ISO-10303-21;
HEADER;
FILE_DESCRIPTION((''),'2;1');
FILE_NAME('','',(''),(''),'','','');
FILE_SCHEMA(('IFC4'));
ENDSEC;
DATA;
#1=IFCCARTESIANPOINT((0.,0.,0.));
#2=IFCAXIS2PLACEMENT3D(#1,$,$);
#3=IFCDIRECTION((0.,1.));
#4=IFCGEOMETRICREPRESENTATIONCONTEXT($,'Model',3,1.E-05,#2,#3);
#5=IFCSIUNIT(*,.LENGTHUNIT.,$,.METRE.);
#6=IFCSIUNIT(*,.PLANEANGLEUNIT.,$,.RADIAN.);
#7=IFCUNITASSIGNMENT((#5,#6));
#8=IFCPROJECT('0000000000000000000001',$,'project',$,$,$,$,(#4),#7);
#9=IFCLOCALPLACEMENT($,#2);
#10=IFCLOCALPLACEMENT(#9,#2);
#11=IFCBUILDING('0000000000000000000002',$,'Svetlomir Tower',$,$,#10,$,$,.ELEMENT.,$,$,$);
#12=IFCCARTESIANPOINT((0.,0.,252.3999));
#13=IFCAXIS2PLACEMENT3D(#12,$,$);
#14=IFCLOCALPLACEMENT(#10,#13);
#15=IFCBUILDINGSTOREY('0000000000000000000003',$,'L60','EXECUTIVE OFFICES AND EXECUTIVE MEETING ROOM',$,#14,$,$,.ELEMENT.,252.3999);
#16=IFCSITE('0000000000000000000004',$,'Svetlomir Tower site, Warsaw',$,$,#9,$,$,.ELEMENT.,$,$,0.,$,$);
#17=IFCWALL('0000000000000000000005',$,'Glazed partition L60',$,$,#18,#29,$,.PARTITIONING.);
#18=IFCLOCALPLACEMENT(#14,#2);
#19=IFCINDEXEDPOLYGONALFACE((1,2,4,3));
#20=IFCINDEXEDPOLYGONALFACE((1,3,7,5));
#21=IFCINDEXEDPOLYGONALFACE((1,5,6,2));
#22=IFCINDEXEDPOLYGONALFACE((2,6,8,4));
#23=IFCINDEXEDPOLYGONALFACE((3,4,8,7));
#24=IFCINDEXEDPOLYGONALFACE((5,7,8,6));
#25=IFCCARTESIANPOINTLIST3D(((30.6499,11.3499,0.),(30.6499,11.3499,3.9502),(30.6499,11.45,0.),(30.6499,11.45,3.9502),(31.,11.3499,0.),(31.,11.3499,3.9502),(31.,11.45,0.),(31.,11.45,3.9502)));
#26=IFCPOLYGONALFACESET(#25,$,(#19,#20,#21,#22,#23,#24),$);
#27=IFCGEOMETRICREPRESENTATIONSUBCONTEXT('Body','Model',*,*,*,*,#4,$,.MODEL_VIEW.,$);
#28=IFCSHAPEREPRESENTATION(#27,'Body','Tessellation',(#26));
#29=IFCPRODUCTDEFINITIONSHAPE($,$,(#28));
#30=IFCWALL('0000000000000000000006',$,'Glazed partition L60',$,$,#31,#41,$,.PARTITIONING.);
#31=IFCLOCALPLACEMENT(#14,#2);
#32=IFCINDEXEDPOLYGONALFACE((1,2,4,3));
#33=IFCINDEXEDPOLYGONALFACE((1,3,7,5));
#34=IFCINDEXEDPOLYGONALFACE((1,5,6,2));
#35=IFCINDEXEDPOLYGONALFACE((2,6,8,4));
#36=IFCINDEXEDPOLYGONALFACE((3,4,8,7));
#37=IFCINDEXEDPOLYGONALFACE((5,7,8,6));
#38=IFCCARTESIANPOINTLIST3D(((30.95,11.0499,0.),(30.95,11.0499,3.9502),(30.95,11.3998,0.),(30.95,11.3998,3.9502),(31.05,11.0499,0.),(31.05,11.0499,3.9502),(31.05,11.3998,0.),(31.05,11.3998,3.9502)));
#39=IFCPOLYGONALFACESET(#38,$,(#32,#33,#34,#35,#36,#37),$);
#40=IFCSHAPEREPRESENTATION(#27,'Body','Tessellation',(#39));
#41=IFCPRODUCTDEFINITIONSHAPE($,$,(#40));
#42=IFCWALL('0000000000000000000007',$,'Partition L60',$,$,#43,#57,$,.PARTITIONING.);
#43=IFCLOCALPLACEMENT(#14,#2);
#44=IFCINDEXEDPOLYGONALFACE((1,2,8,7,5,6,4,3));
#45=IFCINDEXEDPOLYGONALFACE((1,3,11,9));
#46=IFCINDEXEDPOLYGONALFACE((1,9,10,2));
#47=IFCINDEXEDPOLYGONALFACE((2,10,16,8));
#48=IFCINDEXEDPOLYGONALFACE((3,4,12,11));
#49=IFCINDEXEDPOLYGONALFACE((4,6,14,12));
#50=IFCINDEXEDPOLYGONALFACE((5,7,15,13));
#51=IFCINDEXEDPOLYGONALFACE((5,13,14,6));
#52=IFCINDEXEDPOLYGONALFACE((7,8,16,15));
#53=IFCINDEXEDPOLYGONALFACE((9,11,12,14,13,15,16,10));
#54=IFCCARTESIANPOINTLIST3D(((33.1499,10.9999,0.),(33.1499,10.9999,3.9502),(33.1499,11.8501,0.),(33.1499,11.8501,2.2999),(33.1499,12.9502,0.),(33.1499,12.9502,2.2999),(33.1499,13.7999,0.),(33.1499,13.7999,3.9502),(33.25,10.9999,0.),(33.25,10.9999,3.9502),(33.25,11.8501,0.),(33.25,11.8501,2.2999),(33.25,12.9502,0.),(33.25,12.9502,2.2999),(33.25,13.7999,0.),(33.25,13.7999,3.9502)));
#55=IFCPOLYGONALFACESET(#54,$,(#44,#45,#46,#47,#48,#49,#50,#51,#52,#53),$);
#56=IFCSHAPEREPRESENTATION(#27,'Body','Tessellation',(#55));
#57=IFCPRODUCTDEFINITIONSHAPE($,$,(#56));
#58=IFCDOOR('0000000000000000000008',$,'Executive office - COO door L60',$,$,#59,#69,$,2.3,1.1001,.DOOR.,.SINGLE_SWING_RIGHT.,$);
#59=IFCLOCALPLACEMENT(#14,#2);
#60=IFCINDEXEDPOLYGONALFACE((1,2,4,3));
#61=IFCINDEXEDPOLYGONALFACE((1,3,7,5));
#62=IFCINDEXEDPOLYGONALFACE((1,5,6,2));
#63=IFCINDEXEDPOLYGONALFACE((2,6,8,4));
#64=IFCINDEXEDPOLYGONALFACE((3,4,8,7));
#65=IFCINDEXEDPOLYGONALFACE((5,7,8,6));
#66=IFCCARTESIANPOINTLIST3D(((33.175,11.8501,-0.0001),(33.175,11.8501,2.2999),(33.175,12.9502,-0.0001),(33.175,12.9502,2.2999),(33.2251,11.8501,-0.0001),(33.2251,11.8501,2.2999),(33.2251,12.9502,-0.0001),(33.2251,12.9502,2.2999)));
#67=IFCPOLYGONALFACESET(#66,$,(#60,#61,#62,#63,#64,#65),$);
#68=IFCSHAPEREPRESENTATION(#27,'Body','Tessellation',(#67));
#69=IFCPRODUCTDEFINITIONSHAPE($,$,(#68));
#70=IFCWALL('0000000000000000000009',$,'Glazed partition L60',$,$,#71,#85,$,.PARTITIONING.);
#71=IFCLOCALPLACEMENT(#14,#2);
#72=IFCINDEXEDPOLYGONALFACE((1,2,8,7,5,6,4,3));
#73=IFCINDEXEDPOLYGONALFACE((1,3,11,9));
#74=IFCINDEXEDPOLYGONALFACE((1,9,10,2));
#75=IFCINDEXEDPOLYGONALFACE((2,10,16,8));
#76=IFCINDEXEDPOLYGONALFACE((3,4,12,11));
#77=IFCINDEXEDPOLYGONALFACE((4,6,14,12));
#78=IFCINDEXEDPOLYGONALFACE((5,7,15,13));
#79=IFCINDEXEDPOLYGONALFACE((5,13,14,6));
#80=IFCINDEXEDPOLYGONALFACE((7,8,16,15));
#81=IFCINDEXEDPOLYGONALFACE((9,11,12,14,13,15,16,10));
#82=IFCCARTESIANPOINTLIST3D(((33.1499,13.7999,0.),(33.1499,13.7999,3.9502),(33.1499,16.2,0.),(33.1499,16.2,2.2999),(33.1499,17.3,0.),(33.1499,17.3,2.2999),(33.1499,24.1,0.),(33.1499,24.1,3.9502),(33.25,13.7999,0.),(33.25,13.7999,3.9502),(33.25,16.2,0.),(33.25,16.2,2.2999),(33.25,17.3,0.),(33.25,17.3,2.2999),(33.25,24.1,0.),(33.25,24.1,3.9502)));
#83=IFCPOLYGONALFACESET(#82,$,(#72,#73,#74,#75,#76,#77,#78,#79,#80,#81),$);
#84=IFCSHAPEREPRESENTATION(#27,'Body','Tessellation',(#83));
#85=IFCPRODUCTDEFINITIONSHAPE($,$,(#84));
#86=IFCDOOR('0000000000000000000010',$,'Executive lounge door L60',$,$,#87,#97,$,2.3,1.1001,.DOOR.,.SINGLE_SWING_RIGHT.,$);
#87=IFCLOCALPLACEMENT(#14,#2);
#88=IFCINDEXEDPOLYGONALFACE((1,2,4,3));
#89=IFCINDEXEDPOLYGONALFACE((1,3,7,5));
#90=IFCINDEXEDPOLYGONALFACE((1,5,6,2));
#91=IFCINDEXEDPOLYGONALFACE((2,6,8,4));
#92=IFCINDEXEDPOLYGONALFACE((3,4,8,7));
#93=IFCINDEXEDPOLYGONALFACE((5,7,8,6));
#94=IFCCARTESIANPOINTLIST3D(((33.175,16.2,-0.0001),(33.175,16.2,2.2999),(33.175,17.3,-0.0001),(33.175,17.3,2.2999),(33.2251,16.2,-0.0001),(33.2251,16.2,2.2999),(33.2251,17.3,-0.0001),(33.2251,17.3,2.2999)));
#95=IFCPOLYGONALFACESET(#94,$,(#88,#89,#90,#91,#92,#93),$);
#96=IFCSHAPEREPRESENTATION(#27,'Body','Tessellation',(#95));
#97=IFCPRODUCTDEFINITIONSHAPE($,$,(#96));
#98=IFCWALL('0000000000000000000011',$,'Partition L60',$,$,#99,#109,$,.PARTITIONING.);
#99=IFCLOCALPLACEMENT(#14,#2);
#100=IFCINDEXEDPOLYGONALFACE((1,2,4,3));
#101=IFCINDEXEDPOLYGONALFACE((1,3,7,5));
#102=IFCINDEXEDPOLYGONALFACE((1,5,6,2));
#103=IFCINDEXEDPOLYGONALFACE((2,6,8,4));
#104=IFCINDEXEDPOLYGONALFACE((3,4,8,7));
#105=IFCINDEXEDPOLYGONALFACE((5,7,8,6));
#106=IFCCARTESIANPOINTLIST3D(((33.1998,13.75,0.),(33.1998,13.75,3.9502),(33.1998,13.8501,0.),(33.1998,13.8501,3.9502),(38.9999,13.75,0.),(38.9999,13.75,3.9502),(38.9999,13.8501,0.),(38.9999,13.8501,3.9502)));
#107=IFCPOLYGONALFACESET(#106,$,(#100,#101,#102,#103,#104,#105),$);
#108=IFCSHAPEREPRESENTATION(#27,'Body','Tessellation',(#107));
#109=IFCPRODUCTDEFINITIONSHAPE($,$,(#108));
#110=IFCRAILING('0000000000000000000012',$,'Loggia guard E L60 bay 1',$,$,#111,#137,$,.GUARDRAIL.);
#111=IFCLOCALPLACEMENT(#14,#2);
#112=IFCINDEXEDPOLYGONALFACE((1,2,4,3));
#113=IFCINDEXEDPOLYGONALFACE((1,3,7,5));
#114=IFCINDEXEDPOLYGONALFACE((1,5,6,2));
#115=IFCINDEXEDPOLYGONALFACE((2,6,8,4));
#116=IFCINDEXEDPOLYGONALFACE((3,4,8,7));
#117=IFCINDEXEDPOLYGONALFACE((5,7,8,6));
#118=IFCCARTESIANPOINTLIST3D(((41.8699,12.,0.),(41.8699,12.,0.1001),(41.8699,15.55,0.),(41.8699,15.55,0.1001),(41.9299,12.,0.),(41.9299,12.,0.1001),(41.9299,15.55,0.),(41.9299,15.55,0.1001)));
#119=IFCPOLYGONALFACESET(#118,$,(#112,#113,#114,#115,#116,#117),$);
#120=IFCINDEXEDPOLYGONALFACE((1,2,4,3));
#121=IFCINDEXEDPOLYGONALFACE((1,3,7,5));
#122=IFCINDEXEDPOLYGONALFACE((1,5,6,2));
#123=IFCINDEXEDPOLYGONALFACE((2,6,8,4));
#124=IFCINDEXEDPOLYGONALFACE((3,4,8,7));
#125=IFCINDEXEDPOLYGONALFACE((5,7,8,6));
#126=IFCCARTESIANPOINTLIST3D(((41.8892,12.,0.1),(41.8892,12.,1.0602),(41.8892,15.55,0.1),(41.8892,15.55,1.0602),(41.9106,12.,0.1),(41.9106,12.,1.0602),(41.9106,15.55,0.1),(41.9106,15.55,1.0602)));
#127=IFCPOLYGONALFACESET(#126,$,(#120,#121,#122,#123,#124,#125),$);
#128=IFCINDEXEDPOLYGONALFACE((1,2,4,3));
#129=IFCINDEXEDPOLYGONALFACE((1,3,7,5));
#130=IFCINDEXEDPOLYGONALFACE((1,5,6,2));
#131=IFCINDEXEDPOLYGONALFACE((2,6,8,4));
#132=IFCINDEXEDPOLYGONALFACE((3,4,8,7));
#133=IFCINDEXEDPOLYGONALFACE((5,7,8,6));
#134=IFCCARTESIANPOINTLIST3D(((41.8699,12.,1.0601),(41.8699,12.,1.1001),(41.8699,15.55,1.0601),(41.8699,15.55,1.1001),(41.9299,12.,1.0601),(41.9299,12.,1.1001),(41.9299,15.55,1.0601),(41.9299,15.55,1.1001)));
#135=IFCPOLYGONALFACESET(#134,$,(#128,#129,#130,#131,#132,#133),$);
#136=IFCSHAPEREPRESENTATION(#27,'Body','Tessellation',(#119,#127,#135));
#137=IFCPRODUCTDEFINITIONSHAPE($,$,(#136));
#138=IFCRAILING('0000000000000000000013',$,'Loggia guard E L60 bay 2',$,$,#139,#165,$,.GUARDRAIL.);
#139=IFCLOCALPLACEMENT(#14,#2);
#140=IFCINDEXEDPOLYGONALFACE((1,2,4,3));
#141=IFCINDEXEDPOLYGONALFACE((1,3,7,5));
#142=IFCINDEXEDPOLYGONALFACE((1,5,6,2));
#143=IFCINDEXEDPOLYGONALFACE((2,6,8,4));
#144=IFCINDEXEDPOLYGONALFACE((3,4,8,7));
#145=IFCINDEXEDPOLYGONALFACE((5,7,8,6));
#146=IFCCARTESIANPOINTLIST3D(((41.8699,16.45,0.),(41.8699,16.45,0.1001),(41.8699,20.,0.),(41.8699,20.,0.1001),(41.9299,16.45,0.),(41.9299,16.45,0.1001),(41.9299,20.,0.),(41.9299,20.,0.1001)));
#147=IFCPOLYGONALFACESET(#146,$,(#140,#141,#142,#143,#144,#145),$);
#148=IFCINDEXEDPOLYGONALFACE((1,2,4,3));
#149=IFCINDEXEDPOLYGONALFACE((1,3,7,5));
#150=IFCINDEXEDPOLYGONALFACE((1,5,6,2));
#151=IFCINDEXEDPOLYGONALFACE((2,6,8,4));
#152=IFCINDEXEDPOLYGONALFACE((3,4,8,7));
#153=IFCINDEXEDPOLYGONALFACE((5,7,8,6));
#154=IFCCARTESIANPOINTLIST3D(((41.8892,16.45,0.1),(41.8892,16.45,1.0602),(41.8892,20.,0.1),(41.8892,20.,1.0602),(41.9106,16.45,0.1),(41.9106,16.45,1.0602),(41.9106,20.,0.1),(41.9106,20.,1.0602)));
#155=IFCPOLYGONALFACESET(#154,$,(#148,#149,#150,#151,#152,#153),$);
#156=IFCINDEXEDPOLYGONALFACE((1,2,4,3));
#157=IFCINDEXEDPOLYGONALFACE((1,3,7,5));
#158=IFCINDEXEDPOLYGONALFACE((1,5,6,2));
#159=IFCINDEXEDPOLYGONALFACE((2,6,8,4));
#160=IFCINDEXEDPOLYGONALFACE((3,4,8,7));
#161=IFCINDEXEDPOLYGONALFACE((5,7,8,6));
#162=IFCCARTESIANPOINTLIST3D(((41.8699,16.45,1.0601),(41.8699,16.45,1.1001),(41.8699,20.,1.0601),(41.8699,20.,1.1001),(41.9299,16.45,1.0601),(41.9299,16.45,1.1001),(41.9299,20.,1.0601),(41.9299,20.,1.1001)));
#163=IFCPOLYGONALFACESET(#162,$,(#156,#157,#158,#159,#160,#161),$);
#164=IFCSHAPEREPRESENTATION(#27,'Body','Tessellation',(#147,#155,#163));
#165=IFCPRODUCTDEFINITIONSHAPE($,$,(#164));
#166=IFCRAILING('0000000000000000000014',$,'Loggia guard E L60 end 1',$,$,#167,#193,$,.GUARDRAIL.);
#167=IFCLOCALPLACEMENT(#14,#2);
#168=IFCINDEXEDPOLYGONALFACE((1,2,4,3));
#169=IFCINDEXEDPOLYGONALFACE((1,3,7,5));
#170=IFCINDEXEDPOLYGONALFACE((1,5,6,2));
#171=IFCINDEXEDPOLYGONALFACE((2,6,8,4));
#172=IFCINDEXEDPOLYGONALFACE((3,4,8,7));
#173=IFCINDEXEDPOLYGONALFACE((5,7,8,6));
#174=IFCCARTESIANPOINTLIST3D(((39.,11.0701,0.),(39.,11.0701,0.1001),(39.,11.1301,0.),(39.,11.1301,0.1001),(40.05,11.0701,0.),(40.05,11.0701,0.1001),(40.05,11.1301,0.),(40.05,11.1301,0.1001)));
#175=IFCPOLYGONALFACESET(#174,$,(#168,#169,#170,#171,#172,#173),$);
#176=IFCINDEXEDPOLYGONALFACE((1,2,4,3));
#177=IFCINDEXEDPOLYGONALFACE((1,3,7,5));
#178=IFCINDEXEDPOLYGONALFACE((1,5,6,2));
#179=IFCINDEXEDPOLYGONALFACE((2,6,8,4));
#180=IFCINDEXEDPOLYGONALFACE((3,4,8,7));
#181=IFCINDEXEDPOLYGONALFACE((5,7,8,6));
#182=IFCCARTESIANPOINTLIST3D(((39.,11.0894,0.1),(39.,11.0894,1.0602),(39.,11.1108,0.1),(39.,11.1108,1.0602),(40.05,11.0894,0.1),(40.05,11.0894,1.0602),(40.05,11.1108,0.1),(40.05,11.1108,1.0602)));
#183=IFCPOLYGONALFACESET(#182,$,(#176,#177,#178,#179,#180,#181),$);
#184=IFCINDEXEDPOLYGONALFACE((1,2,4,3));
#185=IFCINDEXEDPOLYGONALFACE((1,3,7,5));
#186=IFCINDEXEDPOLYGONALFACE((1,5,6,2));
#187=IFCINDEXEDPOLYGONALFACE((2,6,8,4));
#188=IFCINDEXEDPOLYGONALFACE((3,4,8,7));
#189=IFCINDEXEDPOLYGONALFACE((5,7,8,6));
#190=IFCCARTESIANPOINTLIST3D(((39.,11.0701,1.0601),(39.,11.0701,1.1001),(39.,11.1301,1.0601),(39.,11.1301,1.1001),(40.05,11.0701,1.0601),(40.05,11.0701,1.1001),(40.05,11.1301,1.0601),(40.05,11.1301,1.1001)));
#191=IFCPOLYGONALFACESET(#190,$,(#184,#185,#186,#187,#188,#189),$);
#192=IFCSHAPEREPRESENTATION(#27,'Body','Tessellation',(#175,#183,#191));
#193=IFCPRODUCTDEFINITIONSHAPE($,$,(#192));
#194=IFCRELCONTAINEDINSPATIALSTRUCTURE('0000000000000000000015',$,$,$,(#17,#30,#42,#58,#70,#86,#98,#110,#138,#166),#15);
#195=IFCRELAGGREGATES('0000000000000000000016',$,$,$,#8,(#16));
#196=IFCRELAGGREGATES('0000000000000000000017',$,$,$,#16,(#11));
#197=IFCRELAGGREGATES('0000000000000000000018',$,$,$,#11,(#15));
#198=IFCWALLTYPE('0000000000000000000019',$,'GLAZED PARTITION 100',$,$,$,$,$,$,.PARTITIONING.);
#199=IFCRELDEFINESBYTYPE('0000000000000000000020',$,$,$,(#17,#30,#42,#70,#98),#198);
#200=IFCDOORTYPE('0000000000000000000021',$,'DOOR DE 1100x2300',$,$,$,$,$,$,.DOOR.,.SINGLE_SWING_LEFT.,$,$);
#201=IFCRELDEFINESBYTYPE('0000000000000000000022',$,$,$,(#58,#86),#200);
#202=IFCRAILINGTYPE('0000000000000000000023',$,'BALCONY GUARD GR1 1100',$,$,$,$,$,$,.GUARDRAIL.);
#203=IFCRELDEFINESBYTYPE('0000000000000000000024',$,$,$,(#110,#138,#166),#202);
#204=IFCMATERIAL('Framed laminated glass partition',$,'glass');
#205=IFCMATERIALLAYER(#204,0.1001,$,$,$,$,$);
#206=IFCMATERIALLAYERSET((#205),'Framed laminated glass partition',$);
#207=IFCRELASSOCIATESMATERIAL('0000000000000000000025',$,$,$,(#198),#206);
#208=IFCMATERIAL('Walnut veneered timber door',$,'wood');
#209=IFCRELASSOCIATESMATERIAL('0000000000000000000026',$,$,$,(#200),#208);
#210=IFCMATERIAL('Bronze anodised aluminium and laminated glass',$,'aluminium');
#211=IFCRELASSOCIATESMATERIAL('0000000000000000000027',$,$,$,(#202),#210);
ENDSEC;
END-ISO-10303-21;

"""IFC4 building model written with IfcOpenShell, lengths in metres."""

from ifc_helpers import new_model, si_unit, direction, frame, frame_2d, origin, origin_2d, place, context, subcontext, project, spatial, rectangle, extrude, material, layer, layer_set, type_object, element, fill, save


model = new_model("IFC4")

# Units and contexts
model_context = context("Model", 3, precision=1e-05, world=origin(), true_north=direction((0.0, 1.0)))
body_context = subcontext(model_context, "Body", "Model", "MODEL_VIEW")
ifc_project = project(units=[si_unit("LENGTHUNIT", "METRE"), si_unit("PLANEANGLEUNIT", "RADIAN")], contexts=[model_context])

# Site, building, storey
site_placement = place(None, origin())
site = spatial("IfcSite", under=ifc_project, at=site_placement, Name="Svetlomir Tower site, Warsaw", CompositionType="ELEMENT", RefElevation=0.0)
building_placement = place(site_placement, origin())
building = spatial("IfcBuilding", under=site, at=building_placement, Name="Svetlomir Tower", CompositionType="ELEMENT")
storey_placement = place(building_placement, frame((0.0, 0.0, 252.3999)))
storey = spatial("IfcBuildingStorey", under=building, at=storey_placement, Name="L60", Description="EXECUTIVE OFFICES AND EXECUTIVE MEETING ROOM", CompositionType="ELEMENT", Elevation=252.3999)

# Walls
ifc_material_1 = material(Name="Framed laminated glass partition", Category="glass")
ifc_layer_1 = layer(ifc_material_1, 0.1001)
ifc_layer_set_1 = layer_set([ifc_layer_1], Name="Framed laminated glass partition")
wall_type_1 = type_object("IfcWallType", Name="GLAZED PARTITION 100", PredefinedType="PARTITIONING", material=ifc_layer_set_1)
wall_1_placement = place(storey_placement, frame((30.6499, 11.3999, 0.0), z_axis=(0.0, 0.0, 1.0), x_axis=(1.0, 0.0, 0.0)))
element("IfcWall", 1, at=wall_1_placement, inside=storey, type_object=wall_type_1, Name="Glazed partition L60", PredefinedType="PARTITIONING", context=body_context, shape_type="SweptSolid", body=[
    extrude(rectangle(XDim=0.3501, YDim=0.1001, at=frame_2d((0.175, 0.0))), origin(), (0.0, 0.0, 1.0), 3.9502),
])
wall_2_placement = place(storey_placement, frame((31.0, 11.05, 0.0), z_axis=(0.0, 0.0, 1.0), x_axis=(0.0, 1.0, 0.0)))
element("IfcWall", 2, at=wall_2_placement, inside=storey, type_object=wall_type_1, Name="Glazed partition L60", PredefinedType="PARTITIONING", context=body_context, shape_type="SweptSolid", body=[
    extrude(rectangle(XDim=0.3499, YDim=0.1001, at=frame_2d((0.1748, 0.0))), origin(), (0.0, 0.0, 1.0), 3.9502),
])

# Walls, openings, doors
wall_3_placement = place(storey_placement, frame((33.2, 11.0, 0.0), z_axis=(0.0, 0.0, 1.0), x_axis=(0.0, 1.0, 0.0)))
wall_3 = element("IfcWall", 3, at=wall_3_placement, inside=storey, type_object=wall_type_1, Name="Partition L60", PredefinedType="PARTITIONING", context=body_context, shape_type="SweptSolid", body=[
    extrude(rectangle(XDim=2.8, YDim=0.1001, at=frame_2d((1.3999, 0.0))), origin(), (0.0, 0.0, 1.0), 3.9502),
])
opening_1_placement = place(wall_3_placement, frame((0.8501, 0.0, 0.0)))
opening_1 = element("IfcOpeningElement", 4, at=opening_1_placement, cuts=wall_3, PredefinedType="OPENING", context=body_context, shape_type="SweptSolid", body=[
    extrude(rectangle(XDim=1.1001, YDim=2.3, at=frame_2d((0.55, 1.1499))), frame((0.0, 0.0601, 0.0), z_axis=(0.0, -1.0, 0.0), x_axis=(1.0, 0.0, 0.0)), (0.0, 0.0, 1.0), 0.1201),
])
ifc_material_2 = material(Name="Walnut veneered timber door", Category="wood")
door_type_1 = type_object("IfcDoorType", Name="DOOR DE 1100x2300", OperationType="SINGLE_SWING_LEFT", PredefinedType="DOOR", material=ifc_material_2)
door_1_placement = place(opening_1_placement, origin())
door_1 = element("IfcDoor", 5, at=door_1_placement, inside=storey, type_object=door_type_1, Name="Executive office - COO door L60", OperationType="SINGLE_SWING_RIGHT", OverallHeight=2.3, OverallWidth=1.1001, PredefinedType="DOOR", context=body_context, shape_type="SweptSolid", body=[
    extrude(rectangle(XDim=1.1001, YDim=2.3, at=frame_2d((0.55, 1.1499))), frame((0.0, 0.0249, 0.0), z_axis=(0.0, -1.0, 0.0), x_axis=(1.0, 0.0, 0.0)), (0.0, 0.0, 1.0), 0.05),
])
fill(opening_1, door_1)
wall_4_placement = place(storey_placement, frame((33.2, 13.8, 0.0), z_axis=(0.0, 0.0, 1.0), x_axis=(0.0, 1.0, 0.0)))
wall_4 = element("IfcWall", 6, at=wall_4_placement, inside=storey, type_object=wall_type_1, Name="Glazed partition L60", PredefinedType="PARTITIONING", context=body_context, shape_type="SweptSolid", body=[
    extrude(rectangle(XDim=10.3, YDim=0.1001, at=frame_2d((5.1499, 0.0))), origin(), (0.0, 0.0, 1.0), 3.9502),
])
opening_2_placement = place(wall_4_placement, frame((2.3999, 0.0, 0.0)))
opening_2 = element("IfcOpeningElement", 7, at=opening_2_placement, cuts=wall_4, PredefinedType="OPENING", context=body_context, shape_type="SweptSolid", body=[
    extrude(rectangle(XDim=1.1001, YDim=2.3, at=frame_2d((0.55, 1.1499))), frame((0.0, 0.0601, 0.0), z_axis=(0.0, -1.0, 0.0), x_axis=(1.0, 0.0, 0.0)), (0.0, 0.0, 1.0), 0.1201),
])
door_2_placement = place(opening_2_placement, origin())
door_2 = element("IfcDoor", 8, at=door_2_placement, inside=storey, type_object=door_type_1, Name="Executive lounge door L60", OperationType="SINGLE_SWING_RIGHT", OverallHeight=2.3, OverallWidth=1.1001, PredefinedType="DOOR", context=body_context, shape_type="SweptSolid", body=[
    extrude(rectangle(XDim=1.1001, YDim=2.3, at=frame_2d((0.55, 1.1499))), frame((0.0, 0.0249, 0.0), z_axis=(0.0, -1.0, 0.0), x_axis=(1.0, 0.0, 0.0)), (0.0, 0.0, 1.0), 0.05),
])
fill(opening_2, door_2)

# Wall
wall_5_placement = place(storey_placement, frame((33.2, 13.8, 0.0), z_axis=(0.0, 0.0, 1.0), x_axis=(1.0, 0.0, 0.0)))
element("IfcWall", 9, at=wall_5_placement, inside=storey, type_object=wall_type_1, Name="Partition L60", PredefinedType="PARTITIONING", context=body_context, shape_type="SweptSolid", body=[
    extrude(rectangle(XDim=5.8, YDim=0.1001, at=frame_2d((2.8999, 0.0))), origin(), (0.0, 0.0, 1.0), 3.9502),
])

# Railings
ifc_material_3 = material(Name="Bronze anodised aluminium and laminated glass", Category="aluminium")
railing_type = type_object("IfcRailingType", Name="BALCONY GUARD GR1 1100", PredefinedType="GUARDRAIL", material=ifc_material_3)
for number, where, name in (
    (10, (41.8999, 12.0, 0.0), "Loggia guard E L60 bay 1"),
    (11, (41.8999, 16.45, 0.0), "Loggia guard E L60 bay 2"),
):
    element("IfcRailing", number, at=place(storey_placement, frame(where)), inside=storey, type_object=railing_type, Name=name, PredefinedType="GUARDRAIL", context=body_context, shape_type="SweptSolid", body=[
        extrude(rectangle(XDim=0.0601, YDim=0.1001, at=origin_2d()), frame((0.0, 0.0, 0.05), z_axis=(0.0, 1.0, 0.0), x_axis=(-1.0, 0.0, 0.0)), (0.0, 0.0, 1.0), 3.55),
        extrude(rectangle(XDim=0.0215, YDim=0.9602, at=origin_2d()), frame((0.0, 0.0, 0.5801), z_axis=(0.0, 1.0, 0.0), x_axis=(-1.0, 0.0, 0.0)), (0.0, 0.0, 1.0), 3.55),
        extrude(rectangle(XDim=0.0601, YDim=0.04, at=origin_2d()), frame((0.0, 0.0, 1.0801), z_axis=(0.0, 1.0, 0.0), x_axis=(-1.0, 0.0, 0.0)), (0.0, 0.0, 1.0), 3.55),
    ])
railing_placement = place(storey_placement, frame((40.05, 11.1001, 0.0)))
element("IfcRailing", 12, at=railing_placement, inside=storey, type_object=railing_type, Name="Loggia guard E L60 end 1", PredefinedType="GUARDRAIL", context=body_context, shape_type="SweptSolid", body=[
    extrude(rectangle(XDim=0.0601, YDim=0.1001, at=origin_2d()), frame((0.0, 0.0, 0.05), z_axis=(-1.0, 0.0, 0.0), x_axis=(0.0, -1.0, 0.0)), (0.0, 0.0, 1.0), 1.05),
    extrude(rectangle(XDim=0.0215, YDim=0.9602, at=origin_2d()), frame((0.0, 0.0, 0.5801), z_axis=(-1.0, 0.0, 0.0), x_axis=(0.0, -1.0, 0.0)), (0.0, 0.0, 1.0), 1.05),
    extrude(rectangle(XDim=0.0601, YDim=0.04, at=origin_2d()), frame((0.0, 0.0, 1.0801), z_axis=(-1.0, 0.0, 0.0), x_axis=(0.0, -1.0, 0.0)), (0.0, 0.0, 1.0), 1.05),
])

save(model, "model.ifc")
